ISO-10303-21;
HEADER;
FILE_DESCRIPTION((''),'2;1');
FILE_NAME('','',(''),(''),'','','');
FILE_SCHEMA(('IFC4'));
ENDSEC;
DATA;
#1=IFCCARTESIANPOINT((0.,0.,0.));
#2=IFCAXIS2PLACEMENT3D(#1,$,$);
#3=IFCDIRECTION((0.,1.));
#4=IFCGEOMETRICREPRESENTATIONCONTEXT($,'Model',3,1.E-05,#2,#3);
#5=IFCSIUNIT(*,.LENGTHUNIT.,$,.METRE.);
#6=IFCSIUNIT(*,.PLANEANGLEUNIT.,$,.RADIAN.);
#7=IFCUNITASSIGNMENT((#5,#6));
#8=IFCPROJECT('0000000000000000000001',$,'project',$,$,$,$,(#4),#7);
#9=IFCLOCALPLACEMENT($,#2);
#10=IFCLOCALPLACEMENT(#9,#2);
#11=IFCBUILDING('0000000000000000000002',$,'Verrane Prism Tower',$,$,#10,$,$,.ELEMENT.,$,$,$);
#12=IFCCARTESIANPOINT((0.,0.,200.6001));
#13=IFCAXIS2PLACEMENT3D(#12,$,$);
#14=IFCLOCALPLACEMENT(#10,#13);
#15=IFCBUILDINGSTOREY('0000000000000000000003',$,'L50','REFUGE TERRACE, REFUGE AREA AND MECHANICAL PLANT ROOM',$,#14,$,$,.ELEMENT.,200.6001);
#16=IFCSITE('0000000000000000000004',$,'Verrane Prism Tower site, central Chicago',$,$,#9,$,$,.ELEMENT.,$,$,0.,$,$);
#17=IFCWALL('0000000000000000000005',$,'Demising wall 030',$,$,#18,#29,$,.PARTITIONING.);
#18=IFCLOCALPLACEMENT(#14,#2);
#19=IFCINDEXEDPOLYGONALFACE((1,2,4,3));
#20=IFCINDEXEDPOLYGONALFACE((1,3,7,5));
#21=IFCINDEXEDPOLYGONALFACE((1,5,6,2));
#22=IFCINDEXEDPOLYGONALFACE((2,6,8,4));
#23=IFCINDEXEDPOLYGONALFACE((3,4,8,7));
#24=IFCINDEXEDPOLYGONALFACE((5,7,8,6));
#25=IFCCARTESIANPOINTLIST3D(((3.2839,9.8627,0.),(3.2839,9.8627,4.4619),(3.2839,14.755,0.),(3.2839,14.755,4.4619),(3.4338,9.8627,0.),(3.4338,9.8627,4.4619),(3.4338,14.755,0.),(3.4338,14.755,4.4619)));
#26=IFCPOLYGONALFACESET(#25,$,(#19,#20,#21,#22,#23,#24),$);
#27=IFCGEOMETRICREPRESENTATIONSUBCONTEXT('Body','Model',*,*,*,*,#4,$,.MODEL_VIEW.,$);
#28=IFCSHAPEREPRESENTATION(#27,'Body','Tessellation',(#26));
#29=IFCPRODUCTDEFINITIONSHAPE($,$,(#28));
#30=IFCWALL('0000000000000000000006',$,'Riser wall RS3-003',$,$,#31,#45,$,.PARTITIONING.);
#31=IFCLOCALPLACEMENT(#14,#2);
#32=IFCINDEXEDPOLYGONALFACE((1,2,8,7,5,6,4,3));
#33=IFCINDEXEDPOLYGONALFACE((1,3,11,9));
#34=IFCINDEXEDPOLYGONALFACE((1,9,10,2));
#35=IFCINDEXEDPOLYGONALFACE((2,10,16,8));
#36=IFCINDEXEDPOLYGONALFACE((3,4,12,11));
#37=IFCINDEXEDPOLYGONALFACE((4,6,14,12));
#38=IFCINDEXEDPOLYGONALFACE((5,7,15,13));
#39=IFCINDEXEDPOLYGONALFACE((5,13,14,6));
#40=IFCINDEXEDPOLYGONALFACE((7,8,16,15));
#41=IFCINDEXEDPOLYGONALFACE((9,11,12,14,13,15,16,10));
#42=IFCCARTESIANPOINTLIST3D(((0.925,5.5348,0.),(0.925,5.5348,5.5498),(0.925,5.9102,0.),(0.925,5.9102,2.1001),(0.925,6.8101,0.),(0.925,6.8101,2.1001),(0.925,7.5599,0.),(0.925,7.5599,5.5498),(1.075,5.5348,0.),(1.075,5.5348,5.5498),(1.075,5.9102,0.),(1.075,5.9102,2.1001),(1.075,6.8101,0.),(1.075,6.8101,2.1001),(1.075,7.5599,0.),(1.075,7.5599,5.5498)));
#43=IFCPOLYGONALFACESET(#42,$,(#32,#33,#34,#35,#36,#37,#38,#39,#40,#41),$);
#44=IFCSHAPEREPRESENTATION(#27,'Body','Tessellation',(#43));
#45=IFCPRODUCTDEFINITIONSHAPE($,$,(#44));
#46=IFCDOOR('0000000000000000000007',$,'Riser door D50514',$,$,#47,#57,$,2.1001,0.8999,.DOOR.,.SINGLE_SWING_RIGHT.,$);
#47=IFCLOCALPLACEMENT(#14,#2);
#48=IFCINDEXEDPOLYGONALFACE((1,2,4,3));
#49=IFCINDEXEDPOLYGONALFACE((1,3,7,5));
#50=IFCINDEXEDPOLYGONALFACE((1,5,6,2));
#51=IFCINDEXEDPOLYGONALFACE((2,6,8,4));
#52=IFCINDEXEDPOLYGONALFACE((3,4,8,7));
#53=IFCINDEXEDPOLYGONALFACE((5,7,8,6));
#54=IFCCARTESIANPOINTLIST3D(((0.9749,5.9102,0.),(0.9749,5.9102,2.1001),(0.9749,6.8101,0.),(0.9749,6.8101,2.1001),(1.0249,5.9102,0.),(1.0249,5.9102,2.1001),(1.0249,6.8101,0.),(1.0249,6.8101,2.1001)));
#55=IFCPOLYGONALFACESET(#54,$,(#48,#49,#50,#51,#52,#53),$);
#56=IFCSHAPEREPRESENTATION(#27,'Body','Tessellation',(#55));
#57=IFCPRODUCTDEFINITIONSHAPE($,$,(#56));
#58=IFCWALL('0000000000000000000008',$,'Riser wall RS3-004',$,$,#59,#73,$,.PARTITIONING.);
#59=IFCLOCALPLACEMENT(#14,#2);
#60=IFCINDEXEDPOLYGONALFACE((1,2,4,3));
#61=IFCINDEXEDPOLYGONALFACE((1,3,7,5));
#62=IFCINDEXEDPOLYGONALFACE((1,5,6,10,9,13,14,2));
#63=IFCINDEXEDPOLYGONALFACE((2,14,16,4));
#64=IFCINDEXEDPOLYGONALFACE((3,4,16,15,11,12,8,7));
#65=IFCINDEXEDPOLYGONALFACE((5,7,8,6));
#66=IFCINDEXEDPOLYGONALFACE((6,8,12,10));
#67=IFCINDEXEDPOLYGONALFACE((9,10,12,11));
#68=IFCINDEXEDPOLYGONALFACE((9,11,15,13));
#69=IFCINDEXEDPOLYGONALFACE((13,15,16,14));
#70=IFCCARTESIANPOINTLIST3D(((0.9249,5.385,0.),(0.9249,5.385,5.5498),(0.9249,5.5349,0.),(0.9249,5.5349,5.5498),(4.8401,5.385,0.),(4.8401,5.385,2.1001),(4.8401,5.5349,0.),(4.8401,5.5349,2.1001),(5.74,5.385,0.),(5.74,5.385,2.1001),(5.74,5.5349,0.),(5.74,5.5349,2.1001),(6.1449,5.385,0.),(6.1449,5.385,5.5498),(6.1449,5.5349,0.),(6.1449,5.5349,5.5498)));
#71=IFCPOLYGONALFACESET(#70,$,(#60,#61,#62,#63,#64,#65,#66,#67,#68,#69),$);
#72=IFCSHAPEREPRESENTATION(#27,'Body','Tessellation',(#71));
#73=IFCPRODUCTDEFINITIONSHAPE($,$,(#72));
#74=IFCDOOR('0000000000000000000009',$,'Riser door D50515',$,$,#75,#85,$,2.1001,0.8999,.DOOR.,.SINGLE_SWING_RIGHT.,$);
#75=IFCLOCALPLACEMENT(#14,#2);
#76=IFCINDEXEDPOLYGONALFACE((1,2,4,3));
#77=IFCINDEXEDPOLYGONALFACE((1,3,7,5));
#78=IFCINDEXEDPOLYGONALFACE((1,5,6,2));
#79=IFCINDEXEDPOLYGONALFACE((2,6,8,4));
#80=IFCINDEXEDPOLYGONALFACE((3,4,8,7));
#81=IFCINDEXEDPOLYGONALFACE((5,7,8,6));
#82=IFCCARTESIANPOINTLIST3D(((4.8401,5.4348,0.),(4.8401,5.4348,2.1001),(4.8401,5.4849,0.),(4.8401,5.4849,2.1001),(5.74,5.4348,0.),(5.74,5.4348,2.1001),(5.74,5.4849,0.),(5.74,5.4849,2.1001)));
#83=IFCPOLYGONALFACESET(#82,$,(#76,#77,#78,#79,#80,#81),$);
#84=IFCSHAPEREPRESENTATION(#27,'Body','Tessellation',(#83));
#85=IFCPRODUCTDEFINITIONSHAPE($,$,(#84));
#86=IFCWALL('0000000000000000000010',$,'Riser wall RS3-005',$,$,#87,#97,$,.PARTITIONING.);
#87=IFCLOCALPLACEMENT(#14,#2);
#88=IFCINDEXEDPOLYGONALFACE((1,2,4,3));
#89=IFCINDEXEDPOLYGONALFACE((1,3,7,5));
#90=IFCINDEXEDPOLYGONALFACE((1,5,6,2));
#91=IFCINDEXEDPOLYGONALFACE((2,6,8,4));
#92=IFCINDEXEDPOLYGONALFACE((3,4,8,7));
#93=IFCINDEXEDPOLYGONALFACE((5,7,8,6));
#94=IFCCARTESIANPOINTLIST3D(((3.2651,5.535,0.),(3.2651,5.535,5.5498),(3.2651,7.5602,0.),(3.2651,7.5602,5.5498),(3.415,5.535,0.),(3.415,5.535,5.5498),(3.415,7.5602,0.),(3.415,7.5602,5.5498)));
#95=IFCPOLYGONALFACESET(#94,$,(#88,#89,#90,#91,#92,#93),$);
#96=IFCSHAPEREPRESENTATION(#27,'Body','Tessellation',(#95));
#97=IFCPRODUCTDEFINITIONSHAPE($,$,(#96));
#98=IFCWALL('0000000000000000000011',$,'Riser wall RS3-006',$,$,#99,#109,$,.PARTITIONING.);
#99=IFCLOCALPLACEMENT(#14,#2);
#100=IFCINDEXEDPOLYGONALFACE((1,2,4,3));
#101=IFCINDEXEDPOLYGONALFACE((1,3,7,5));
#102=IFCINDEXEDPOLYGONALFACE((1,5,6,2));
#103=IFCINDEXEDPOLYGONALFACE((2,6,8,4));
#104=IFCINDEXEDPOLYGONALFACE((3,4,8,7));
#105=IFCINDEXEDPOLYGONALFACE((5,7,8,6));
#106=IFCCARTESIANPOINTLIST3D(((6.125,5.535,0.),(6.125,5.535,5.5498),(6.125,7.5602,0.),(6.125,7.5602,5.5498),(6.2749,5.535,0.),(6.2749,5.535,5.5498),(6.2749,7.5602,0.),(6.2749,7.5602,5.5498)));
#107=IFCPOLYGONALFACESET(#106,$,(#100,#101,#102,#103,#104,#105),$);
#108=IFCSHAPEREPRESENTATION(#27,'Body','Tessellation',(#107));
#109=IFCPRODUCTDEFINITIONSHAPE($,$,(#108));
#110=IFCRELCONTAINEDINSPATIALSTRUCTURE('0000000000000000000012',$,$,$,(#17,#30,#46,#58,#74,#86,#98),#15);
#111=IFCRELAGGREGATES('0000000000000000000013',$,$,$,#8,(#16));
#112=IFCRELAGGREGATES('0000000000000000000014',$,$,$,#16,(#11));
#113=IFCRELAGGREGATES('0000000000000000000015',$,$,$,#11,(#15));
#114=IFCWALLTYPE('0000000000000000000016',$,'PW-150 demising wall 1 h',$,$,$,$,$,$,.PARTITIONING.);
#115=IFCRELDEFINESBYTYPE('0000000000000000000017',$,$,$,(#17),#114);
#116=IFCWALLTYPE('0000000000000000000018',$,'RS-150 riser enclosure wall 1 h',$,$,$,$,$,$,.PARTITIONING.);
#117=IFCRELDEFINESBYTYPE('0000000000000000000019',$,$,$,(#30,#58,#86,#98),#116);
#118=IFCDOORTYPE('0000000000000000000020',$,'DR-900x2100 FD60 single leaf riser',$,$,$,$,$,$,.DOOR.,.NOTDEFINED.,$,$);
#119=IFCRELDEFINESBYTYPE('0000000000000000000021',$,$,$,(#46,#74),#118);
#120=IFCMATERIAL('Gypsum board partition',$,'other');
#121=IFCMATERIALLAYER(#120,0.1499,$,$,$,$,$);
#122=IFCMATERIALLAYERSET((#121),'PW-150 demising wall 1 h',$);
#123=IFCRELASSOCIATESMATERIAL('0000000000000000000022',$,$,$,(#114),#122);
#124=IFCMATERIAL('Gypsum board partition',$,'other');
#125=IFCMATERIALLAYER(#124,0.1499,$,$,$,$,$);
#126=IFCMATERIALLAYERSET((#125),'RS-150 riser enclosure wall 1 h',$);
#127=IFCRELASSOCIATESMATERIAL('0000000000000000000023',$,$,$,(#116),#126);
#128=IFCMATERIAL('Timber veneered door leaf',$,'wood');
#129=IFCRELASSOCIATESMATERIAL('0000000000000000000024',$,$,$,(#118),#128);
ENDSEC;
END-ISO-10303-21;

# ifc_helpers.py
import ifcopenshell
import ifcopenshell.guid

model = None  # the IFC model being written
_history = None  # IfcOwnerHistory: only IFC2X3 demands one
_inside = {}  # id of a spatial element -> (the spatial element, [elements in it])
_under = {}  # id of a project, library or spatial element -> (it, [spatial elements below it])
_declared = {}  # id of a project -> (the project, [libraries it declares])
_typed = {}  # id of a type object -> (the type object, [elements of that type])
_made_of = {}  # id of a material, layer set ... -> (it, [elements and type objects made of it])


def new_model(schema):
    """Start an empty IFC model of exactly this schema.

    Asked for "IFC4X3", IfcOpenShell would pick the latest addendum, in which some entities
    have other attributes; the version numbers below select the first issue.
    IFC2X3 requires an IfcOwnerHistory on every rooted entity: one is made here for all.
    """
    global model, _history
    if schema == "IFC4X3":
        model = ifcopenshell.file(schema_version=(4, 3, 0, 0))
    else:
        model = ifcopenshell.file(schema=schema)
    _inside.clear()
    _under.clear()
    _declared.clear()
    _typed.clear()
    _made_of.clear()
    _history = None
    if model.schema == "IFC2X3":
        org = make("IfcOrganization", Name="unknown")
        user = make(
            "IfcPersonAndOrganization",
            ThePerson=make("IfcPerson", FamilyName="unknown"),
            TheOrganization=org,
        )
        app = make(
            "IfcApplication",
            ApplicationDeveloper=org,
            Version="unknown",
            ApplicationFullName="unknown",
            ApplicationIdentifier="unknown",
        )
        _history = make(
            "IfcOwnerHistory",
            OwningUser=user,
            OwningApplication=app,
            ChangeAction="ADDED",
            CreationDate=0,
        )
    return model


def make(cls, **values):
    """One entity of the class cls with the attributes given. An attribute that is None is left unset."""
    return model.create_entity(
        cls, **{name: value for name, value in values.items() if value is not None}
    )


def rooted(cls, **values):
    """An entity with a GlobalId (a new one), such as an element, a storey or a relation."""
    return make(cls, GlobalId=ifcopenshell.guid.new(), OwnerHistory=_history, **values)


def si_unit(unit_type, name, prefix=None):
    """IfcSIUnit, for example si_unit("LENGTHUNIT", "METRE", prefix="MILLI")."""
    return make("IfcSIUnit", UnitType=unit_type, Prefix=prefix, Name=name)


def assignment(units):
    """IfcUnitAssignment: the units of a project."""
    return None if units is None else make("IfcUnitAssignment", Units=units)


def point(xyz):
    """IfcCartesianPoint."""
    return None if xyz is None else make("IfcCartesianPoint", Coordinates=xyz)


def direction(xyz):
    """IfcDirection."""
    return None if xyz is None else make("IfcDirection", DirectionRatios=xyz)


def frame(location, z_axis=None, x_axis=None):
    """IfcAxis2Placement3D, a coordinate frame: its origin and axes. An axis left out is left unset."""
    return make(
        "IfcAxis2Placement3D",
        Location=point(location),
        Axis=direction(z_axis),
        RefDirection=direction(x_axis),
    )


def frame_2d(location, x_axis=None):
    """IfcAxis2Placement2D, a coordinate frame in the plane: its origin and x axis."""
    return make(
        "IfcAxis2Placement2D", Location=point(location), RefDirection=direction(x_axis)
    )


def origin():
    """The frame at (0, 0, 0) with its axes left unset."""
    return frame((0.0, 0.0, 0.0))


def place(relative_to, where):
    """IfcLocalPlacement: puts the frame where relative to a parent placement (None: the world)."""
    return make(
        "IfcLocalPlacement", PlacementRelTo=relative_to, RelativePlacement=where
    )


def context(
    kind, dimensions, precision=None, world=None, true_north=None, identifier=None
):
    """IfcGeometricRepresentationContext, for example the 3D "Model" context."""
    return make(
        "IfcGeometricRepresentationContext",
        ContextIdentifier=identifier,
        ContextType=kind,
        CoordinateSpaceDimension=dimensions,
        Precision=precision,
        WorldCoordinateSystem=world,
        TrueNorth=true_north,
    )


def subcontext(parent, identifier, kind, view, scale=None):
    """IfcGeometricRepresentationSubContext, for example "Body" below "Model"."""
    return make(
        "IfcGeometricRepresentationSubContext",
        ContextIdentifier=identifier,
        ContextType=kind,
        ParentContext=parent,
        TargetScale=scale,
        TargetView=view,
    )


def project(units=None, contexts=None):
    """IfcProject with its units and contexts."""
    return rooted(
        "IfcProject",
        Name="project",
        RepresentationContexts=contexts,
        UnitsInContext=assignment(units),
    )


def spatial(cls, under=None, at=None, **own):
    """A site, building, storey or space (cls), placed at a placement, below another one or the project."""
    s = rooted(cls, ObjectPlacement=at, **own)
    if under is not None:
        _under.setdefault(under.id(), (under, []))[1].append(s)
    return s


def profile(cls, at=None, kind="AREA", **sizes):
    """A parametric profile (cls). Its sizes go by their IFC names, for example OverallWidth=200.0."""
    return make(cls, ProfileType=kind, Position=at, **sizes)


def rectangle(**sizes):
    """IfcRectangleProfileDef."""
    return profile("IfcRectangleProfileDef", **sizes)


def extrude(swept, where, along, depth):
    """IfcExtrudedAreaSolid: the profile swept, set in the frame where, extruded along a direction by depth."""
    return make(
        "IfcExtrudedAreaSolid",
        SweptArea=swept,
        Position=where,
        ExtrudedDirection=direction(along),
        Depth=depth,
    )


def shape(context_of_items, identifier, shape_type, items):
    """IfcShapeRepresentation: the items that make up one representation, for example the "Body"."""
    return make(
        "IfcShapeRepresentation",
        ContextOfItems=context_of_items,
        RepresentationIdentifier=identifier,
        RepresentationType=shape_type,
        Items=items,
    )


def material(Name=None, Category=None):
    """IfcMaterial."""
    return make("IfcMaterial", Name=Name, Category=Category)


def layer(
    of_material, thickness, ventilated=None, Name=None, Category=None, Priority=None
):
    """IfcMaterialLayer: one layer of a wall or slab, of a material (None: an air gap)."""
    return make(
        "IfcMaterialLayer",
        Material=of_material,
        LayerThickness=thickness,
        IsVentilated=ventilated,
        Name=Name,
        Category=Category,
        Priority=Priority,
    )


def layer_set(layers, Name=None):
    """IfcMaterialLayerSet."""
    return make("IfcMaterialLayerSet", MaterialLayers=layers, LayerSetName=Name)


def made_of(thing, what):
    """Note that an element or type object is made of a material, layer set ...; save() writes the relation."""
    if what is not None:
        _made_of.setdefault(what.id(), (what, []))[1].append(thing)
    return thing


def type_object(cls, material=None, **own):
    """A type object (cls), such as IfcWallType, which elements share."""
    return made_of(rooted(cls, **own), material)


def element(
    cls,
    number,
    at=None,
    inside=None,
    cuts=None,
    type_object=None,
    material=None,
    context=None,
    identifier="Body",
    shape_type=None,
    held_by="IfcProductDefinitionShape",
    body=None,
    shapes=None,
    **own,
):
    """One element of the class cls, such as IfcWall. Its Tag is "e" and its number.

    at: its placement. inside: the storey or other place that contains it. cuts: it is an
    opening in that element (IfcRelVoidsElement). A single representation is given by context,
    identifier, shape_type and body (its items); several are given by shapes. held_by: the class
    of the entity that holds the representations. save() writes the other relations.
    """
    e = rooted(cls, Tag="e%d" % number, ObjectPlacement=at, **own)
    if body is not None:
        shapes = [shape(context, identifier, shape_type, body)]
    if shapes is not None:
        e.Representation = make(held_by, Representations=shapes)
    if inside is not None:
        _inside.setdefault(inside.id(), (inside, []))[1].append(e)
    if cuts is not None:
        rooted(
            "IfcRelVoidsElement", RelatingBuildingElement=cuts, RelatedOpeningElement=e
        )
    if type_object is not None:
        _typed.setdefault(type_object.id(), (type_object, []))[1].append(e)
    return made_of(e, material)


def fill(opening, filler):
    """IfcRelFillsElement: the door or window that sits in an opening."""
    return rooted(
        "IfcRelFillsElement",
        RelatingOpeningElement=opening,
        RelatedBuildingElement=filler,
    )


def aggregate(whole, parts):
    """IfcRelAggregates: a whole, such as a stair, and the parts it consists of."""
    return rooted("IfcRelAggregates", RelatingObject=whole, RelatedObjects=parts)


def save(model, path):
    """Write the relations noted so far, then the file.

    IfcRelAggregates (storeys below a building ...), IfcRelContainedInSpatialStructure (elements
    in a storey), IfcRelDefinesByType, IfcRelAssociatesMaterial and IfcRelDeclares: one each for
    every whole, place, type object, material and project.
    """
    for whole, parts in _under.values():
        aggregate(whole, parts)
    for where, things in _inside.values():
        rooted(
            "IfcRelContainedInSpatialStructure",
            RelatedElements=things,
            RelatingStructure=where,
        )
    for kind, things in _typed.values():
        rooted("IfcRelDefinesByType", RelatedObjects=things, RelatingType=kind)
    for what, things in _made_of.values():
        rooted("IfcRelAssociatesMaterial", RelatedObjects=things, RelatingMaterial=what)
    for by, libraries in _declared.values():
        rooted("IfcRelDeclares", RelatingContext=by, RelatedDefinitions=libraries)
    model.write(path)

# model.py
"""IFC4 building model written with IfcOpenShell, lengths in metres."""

from ifc_helpers import new_model, si_unit, direction, frame, frame_2d, origin, place, context, subcontext, project, spatial, rectangle, extrude, material, layer, layer_set, type_object, element, fill, save


model = new_model("IFC4")

# Units and contexts
model_context = context("Model", 3, precision=1e-05, world=origin(), true_north=direction((0.0, 1.0)))
body_context = subcontext(model_context, "Body", "Model", "MODEL_VIEW")
ifc_project = project(units=[si_unit("LENGTHUNIT", "METRE"), si_unit("PLANEANGLEUNIT", "RADIAN")], contexts=[model_context])

# Site, building, storey
site_placement = place(None, origin())
site = spatial("IfcSite", under=ifc_project, at=site_placement, Name="Verrane Prism Tower site, central Chicago", CompositionType="ELEMENT", RefElevation=0.0)
building_placement = place(site_placement, origin())
building = spatial("IfcBuilding", under=site, at=building_placement, Name="Verrane Prism Tower", CompositionType="ELEMENT")
storey_placement = place(building_placement, frame((0.0, 0.0, 200.6001)))
storey = spatial("IfcBuildingStorey", under=building, at=storey_placement, Name="L50", Description="REFUGE TERRACE, REFUGE AREA AND MECHANICAL PLANT ROOM", CompositionType="ELEMENT", Elevation=200.6001)

# Wall
ifc_material_1 = material(Name="Gypsum board partition", Category="other")
ifc_layer_1 = layer(ifc_material_1, 0.1499)
ifc_layer_set_1 = layer_set([ifc_layer_1], Name="PW-150 demising wall 1 h")
wall_type_1 = type_object("IfcWallType", Name="PW-150 demising wall 1 h", PredefinedType="PARTITIONING", material=ifc_layer_set_1)
wall_1_placement = place(storey_placement, frame((3.3589, 9.8625, 0.0), z_axis=(0.0, 0.0, 1.0), x_axis=(0.0, 1.0, 0.0)))
element("IfcWall", 1, at=wall_1_placement, inside=storey, type_object=wall_type_1, Name="Demising wall 030", PredefinedType="PARTITIONING", context=body_context, shape_type="SweptSolid", body=[
    extrude(rectangle(XDim=4.8923, YDim=0.1499, at=frame_2d((2.4463, 0.0))), origin(), (0.0, 0.0, 1.0), 4.4619),
])

# Walls, openings, doors
ifc_material_2 = material(Name="Gypsum board partition", Category="other")
ifc_layer_2 = layer(ifc_material_2, 0.1499)
ifc_layer_set_2 = layer_set([ifc_layer_2], Name="RS-150 riser enclosure wall 1 h")
wall_type_2 = type_object("IfcWallType", Name="RS-150 riser enclosure wall 1 h", PredefinedType="PARTITIONING", material=ifc_layer_set_2)
wall_2_placement = place(storey_placement, frame((1.0, 7.5601, 0.0), z_axis=(0.0, 0.0, 1.0), x_axis=(0.0, -1.0, 0.0)))
wall_2 = element("IfcWall", 2, at=wall_2_placement, inside=storey, type_object=wall_type_2, Name="Riser wall RS3-003", PredefinedType="PARTITIONING", context=body_context, shape_type="SweptSolid", body=[
    extrude(rectangle(XDim=2.0251, YDim=0.1499, at=frame_2d((1.0127, 0.0))), origin(), (0.0, 0.0, 1.0), 5.5498),
])
opening_1_placement = place(wall_2_placement, frame((0.75, 0.0, 0.0)))
opening_1 = element("IfcOpeningElement", 3, at=opening_1_placement, cuts=wall_2, PredefinedType="OPENING", context=body_context, shape_type="SweptSolid", body=[
    extrude(rectangle(XDim=0.8999, YDim=2.1001, at=frame_2d((0.45, 1.05))), frame((0.0, 0.085, 0.0), z_axis=(0.0, -1.0, 0.0), x_axis=(1.0, 0.0, 0.0)), (0.0, 0.0, 1.0), 0.1699),
])
ifc_material_3 = material(Name="Timber veneered door leaf", Category="wood")
door_type_1 = type_object("IfcDoorType", Name="DR-900x2100 FD60 single leaf riser", OperationType="NOTDEFINED", PredefinedType="DOOR", material=ifc_material_3)
door_1_placement = place(opening_1_placement, origin())
door_1 = element("IfcDoor", 4, at=door_1_placement, inside=storey, type_object=door_type_1, Name="Riser door D50514", OperationType="SINGLE_SWING_RIGHT", OverallHeight=2.1001, OverallWidth=0.8999, PredefinedType="DOOR", context=body_context, shape_type="SweptSolid", body=[
    extrude(rectangle(XDim=0.8999, YDim=2.1001, at=frame_2d((0.45, 1.05))), frame((0.0, 0.0249, 0.0), z_axis=(0.0, -1.0, 0.0), x_axis=(1.0, 0.0, 0.0)), (0.0, 0.0, 1.0), 0.05),
])
fill(opening_1, door_1)
wall_3_placement = place(storey_placement, frame((0.925, 5.46, 0.0), z_axis=(0.0, 0.0, 1.0), x_axis=(1.0, 0.0, 0.0)))
wall_3 = element("IfcWall", 5, at=wall_3_placement, inside=storey, type_object=wall_type_2, Name="Riser wall RS3-004", PredefinedType="PARTITIONING", context=body_context, shape_type="SweptSolid", body=[
    extrude(rectangle(XDim=5.22, YDim=0.1499, at=frame_2d((2.6099, 0.0))), origin(), (0.0, 0.0, 1.0), 5.5498),
])
opening_2_placement = place(wall_3_placement, frame((3.915, 0.0, 0.0)))
opening_2 = element("IfcOpeningElement", 6, at=opening_2_placement, cuts=wall_3, PredefinedType="OPENING", context=body_context, shape_type="SweptSolid", body=[
    extrude(rectangle(XDim=0.8999, YDim=2.1001, at=frame_2d((0.45, 1.05))), frame((0.0, 0.085, 0.0), z_axis=(0.0, -1.0, 0.0), x_axis=(1.0, 0.0, 0.0)), (0.0, 0.0, 1.0), 0.1699),
])
door_2_placement = place(opening_2_placement, origin())
door_2 = element("IfcDoor", 7, at=door_2_placement, inside=storey, type_object=door_type_1, Name="Riser door D50515", OperationType="SINGLE_SWING_RIGHT", OverallHeight=2.1001, OverallWidth=0.8999, PredefinedType="DOOR", context=body_context, shape_type="SweptSolid", body=[
    extrude(rectangle(XDim=0.8999, YDim=2.1001, at=frame_2d((0.45, 1.05))), frame((0.0, 0.0249, 0.0), z_axis=(0.0, -1.0, 0.0), x_axis=(1.0, 0.0, 0.0)), (0.0, 0.0, 1.0), 0.05),
])
fill(opening_2, door_2)

# Walls
for number, where, z_axis, x_axis, name in (
    (8, (3.3401, 5.5349, 0.0), (0.0, 0.0, 1.0), (0.0, 1.0, 0.0), "Riser wall RS3-005"),
    (9, (6.2, 5.5349, 0.0), (0.0, 0.0, 1.0), (0.0, 1.0, 0.0), "Riser wall RS3-006"),
):
    element("IfcWall", number, at=place(storey_placement, frame(where, z_axis=z_axis, x_axis=x_axis)), inside=storey, type_object=wall_type_2, Name=name, PredefinedType="PARTITIONING", context=body_context, shape_type="SweptSolid", body=[
        extrude(rectangle(XDim=2.0251, YDim=0.1499, at=frame_2d((1.0127, 0.0))), origin(), (0.0, 0.0, 1.0), 5.5498),
    ])

save(model, "model.ifc")
